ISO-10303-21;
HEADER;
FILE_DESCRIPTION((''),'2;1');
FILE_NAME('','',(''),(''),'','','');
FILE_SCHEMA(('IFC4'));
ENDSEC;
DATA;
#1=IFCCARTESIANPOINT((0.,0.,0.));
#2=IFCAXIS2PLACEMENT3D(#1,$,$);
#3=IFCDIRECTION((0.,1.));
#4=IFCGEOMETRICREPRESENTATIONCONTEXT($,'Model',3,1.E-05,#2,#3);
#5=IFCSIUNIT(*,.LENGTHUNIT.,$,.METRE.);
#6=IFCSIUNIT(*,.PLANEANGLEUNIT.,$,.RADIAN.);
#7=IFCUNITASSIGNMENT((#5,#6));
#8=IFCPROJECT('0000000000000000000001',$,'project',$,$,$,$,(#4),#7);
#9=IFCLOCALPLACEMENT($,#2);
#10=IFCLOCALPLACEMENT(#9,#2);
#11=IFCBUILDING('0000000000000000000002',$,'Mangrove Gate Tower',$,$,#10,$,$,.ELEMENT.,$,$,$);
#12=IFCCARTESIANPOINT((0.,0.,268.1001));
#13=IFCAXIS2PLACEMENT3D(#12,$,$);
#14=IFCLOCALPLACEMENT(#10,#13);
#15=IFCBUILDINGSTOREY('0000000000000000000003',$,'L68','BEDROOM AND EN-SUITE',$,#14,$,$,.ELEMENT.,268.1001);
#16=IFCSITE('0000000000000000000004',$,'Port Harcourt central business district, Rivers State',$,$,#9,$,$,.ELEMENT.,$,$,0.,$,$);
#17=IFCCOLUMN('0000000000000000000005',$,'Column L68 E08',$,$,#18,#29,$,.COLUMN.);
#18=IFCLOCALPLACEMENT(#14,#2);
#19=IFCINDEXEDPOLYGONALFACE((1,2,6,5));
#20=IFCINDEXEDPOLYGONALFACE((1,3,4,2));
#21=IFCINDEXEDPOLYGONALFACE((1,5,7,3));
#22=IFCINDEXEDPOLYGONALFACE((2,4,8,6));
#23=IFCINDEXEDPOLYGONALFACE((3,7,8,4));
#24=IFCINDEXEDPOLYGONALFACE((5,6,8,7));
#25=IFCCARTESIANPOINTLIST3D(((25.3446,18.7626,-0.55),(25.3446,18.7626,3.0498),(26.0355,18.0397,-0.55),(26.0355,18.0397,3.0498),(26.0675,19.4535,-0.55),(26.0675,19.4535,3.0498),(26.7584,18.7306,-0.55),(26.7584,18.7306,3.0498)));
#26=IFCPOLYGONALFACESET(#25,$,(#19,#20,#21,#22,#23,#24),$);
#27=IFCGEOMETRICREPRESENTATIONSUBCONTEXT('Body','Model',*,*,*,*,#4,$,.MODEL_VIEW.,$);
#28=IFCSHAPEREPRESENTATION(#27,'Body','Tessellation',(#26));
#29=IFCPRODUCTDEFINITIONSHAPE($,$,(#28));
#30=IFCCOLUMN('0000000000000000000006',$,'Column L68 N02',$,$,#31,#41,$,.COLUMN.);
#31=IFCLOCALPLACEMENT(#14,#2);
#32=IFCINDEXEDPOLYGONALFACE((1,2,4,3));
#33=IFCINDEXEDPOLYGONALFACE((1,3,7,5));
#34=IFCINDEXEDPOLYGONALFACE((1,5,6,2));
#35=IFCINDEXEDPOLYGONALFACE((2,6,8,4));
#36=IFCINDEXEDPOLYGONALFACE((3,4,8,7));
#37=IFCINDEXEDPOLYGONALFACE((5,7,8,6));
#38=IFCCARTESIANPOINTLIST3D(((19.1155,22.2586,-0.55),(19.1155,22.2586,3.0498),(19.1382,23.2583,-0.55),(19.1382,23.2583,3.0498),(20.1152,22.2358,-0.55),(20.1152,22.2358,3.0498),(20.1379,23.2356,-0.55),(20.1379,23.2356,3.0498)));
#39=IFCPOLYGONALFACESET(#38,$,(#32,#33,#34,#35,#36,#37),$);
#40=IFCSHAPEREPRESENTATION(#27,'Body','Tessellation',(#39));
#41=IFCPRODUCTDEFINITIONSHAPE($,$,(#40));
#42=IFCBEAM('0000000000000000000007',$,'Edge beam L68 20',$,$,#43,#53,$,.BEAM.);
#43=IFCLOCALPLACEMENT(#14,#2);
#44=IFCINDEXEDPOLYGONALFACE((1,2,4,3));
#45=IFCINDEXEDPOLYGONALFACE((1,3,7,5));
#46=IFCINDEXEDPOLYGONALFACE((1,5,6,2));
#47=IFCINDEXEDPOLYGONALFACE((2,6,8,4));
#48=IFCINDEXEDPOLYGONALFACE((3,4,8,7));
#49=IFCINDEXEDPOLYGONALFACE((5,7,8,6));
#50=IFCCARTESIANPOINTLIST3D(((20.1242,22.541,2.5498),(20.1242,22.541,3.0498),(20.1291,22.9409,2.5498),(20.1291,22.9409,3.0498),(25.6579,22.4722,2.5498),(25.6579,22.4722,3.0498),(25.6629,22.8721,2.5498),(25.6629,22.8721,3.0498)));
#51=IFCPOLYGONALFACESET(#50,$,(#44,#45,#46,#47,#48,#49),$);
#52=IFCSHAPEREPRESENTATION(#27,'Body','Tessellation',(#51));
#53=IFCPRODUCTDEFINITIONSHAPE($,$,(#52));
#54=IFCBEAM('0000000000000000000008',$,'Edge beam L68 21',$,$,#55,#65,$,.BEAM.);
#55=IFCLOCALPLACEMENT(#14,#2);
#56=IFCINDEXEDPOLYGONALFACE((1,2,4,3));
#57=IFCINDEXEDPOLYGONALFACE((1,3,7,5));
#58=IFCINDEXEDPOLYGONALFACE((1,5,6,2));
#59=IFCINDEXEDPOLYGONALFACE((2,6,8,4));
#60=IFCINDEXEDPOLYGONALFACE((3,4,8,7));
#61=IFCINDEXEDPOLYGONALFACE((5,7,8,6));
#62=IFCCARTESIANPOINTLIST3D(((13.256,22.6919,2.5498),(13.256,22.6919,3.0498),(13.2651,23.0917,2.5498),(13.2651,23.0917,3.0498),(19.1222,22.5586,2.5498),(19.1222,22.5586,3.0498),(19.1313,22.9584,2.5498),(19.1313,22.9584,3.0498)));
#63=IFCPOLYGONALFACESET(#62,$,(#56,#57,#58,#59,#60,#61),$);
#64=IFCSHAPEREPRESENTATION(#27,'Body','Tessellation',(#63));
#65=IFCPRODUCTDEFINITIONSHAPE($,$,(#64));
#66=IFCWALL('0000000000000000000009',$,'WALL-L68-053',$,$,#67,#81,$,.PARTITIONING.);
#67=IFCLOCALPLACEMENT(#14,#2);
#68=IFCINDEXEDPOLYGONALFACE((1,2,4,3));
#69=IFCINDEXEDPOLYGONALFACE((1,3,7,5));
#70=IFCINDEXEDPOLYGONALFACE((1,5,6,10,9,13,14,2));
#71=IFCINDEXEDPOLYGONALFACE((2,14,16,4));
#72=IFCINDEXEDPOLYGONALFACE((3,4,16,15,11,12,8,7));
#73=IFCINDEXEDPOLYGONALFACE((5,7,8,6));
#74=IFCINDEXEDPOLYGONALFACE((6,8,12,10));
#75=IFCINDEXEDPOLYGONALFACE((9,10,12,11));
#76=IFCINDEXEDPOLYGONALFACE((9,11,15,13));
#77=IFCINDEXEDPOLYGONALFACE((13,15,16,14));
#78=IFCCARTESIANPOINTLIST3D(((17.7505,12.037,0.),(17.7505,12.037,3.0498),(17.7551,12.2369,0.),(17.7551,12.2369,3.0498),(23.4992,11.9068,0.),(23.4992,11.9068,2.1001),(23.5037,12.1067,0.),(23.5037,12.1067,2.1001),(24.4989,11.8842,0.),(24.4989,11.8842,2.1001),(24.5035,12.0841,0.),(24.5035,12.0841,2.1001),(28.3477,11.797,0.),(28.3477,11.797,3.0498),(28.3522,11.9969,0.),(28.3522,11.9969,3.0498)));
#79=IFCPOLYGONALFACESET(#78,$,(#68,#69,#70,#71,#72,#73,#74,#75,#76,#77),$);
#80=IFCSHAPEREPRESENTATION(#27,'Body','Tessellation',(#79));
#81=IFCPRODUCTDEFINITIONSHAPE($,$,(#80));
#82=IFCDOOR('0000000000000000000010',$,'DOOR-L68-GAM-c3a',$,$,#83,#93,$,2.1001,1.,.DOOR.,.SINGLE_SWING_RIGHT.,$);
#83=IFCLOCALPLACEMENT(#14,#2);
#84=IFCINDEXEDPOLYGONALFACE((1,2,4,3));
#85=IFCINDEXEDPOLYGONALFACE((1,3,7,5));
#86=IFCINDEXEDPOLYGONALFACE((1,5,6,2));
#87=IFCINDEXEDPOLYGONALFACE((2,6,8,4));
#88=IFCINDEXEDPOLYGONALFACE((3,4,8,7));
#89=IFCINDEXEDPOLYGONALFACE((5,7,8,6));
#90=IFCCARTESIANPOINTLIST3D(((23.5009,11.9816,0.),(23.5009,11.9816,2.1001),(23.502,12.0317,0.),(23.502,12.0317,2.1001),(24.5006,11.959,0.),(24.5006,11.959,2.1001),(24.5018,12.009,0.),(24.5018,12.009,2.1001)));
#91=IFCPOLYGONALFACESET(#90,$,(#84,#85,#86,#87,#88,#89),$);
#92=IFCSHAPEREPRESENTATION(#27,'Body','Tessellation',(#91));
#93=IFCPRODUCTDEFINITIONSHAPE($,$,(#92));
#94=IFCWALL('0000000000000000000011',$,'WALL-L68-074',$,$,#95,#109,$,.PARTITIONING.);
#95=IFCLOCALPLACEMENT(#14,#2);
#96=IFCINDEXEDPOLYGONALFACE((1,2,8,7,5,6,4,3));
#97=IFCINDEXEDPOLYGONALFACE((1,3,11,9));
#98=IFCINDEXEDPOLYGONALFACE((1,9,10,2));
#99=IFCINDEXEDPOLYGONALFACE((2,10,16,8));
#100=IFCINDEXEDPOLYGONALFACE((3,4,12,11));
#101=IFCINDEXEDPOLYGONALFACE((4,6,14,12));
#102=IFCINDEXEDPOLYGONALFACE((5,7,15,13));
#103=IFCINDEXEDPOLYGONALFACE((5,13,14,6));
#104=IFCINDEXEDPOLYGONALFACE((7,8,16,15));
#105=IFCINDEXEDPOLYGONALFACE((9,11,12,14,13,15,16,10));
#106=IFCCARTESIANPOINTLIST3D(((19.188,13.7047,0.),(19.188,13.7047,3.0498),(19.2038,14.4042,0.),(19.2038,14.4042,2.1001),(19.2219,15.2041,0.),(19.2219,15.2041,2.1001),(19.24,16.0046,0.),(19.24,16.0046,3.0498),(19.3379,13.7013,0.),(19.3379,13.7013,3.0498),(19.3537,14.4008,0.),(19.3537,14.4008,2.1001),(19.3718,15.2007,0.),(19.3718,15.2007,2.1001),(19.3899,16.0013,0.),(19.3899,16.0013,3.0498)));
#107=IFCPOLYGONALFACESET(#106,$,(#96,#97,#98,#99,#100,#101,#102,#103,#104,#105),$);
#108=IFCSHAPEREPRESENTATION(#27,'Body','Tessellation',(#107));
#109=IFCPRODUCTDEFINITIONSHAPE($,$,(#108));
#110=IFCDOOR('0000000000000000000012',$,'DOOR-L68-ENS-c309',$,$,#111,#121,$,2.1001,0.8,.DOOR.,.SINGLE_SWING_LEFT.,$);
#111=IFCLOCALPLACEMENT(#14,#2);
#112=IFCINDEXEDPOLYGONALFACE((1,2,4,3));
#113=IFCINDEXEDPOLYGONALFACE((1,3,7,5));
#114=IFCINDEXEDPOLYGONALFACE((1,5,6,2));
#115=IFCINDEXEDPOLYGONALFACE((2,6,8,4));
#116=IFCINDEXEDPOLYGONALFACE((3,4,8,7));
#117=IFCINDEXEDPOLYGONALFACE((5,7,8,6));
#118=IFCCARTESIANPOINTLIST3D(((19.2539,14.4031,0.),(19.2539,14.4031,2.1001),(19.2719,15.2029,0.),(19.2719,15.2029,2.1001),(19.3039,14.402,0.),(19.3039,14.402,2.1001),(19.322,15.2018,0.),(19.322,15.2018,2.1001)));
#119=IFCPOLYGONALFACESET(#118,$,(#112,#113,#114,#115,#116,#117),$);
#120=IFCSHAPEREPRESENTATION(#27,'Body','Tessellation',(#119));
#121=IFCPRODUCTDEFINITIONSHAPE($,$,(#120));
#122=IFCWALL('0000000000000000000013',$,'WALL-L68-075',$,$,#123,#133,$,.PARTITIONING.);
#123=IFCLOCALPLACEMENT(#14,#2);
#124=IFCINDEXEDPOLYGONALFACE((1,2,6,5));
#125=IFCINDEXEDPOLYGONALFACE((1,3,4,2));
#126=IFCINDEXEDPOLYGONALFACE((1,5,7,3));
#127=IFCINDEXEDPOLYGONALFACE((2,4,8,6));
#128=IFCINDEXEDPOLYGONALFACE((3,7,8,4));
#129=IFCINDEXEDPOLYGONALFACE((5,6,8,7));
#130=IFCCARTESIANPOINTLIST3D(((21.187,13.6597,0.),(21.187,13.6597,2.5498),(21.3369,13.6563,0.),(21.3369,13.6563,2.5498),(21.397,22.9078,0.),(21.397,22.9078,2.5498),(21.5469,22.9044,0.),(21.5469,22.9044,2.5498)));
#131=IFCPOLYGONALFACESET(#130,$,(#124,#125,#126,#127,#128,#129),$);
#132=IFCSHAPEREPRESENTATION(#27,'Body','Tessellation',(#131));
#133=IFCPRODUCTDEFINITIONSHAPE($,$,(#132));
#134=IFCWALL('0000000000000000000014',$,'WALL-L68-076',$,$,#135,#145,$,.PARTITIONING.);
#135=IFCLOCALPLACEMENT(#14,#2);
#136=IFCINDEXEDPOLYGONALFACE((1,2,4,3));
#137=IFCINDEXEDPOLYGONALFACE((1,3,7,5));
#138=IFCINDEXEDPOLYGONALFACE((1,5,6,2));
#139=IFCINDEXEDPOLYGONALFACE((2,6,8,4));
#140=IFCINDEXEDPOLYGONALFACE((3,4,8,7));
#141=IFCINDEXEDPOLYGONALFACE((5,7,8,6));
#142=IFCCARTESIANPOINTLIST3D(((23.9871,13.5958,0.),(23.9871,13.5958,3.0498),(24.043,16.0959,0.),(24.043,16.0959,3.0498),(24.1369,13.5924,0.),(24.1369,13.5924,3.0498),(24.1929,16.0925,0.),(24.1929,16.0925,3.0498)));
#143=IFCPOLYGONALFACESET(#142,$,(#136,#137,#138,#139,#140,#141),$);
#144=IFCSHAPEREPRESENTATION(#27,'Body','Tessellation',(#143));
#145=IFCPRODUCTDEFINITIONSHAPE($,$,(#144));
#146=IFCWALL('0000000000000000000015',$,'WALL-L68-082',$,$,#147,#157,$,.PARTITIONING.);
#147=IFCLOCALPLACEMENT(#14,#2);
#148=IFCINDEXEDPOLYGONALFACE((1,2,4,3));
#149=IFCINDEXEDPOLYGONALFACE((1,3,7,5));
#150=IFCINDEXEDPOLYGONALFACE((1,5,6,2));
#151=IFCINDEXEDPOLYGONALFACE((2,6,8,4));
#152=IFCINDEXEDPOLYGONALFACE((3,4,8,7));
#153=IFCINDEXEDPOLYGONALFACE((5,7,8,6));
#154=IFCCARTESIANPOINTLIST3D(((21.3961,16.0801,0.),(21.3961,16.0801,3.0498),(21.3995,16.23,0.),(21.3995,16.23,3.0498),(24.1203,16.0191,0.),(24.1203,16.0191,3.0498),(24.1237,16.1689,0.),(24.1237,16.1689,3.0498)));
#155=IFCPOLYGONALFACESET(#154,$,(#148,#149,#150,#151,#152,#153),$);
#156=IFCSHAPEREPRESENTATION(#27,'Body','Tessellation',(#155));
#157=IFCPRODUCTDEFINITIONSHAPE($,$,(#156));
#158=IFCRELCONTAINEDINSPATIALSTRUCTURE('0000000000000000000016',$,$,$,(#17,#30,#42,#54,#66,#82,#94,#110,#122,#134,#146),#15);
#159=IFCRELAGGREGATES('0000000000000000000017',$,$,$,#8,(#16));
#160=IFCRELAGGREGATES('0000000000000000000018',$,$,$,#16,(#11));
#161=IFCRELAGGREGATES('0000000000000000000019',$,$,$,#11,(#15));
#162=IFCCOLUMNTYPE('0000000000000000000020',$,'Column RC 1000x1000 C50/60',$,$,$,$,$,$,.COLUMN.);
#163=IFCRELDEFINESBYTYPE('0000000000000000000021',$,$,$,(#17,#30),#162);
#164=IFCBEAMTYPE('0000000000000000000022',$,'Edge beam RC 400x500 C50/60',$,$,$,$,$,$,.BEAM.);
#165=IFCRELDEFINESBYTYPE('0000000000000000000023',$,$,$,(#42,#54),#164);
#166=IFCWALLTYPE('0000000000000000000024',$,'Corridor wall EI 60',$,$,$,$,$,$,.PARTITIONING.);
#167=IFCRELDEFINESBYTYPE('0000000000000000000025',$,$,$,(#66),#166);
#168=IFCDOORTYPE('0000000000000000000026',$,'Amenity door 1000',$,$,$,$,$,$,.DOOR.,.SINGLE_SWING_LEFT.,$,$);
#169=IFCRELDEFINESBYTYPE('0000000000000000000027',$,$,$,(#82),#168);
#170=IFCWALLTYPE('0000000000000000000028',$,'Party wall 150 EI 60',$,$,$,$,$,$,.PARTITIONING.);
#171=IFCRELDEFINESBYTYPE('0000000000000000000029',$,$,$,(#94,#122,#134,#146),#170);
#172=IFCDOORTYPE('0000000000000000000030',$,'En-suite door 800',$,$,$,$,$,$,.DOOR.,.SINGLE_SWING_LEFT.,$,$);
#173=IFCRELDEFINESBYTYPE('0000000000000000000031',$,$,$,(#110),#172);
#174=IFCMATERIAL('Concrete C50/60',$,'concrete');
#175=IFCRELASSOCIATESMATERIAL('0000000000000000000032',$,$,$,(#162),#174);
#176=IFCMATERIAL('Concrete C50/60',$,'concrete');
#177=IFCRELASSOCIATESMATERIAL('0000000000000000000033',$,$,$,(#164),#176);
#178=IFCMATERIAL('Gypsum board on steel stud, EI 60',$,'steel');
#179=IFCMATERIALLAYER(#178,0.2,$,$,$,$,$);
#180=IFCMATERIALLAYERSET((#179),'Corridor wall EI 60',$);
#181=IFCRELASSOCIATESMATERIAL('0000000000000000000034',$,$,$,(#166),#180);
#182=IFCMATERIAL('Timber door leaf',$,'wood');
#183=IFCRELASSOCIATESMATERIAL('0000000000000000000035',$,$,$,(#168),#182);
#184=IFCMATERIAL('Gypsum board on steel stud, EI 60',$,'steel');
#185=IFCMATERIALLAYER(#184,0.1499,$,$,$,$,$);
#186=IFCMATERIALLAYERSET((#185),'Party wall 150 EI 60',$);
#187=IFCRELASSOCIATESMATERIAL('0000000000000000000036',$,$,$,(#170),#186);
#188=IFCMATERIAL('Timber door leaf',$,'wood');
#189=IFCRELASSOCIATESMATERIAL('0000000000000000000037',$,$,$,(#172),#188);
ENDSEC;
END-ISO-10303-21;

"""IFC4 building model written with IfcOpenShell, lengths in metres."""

from ifc_helpers import new_model, si_unit, direction, frame, frame_2d, origin, origin_2d, place, context, subcontext, project, spatial, rectangle, extrude, material, layer, layer_set, material_profile, profile_set, type_object, element, fill, save


model = new_model("IFC4")

# Units and contexts
model_context = context("Model", 3, precision=1e-05, world=origin(), true_north=direction((0.0, 1.0)))
body_context = subcontext(model_context, "Body", "Model", "MODEL_VIEW")
ifc_project = project(units=[si_unit("LENGTHUNIT", "METRE"), si_unit("PLANEANGLEUNIT", "RADIAN")], contexts=[model_context])

# Site, building, storey
site_placement = place(None, origin())
site = spatial("IfcSite", under=ifc_project, at=site_placement, Name="Port Harcourt central business district, Rivers State", CompositionType="ELEMENT", RefElevation=0.0)
building_placement = place(site_placement, origin())
building = spatial("IfcBuilding", under=site, at=building_placement, Name="Mangrove Gate Tower", CompositionType="ELEMENT")
storey_placement = place(building_placement, frame((0.0, 0.0, 268.1001)))
storey = spatial("IfcBuildingStorey", under=building, at=storey_placement, Name="L68", Description="BEDROOM AND EN-SUITE", CompositionType="ELEMENT", Elevation=268.1001)

# Columns
ifc_material_1 = material(Name="Concrete C50/60", Category="concrete")
ifc_material_profile_1 = material_profile(ifc_material_1, rectangle(XDim=1.0, YDim=1.0, at=origin_2d()))
ifc_profile_set_1 = profile_set([ifc_material_profile_1], Name="Concrete C50/60")
column_type = type_object("IfcColumnType", Name="Column RC 1000x1000 C50/60", PredefinedType="COLUMN", material=ifc_profile_set_1)
for number, where, z_axis, x_axis, name in (
    (1, (26.0515, 18.7466, -0.55), (0.0, 0.0, 1.0), (-0.690926, 0.722926, 0.0), "Column L68 E08"),
    (2, (19.6267, 22.7471, -0.55), (0.0, 0.0, 1.0), (-0.999742, 0.022715, 0.0), "Column L68 N02"),
):
    element("IfcColumn", number, at=place(storey_placement, frame(where, z_axis=z_axis, x_axis=x_axis)), inside=storey, type_object=column_type, Name=name, PredefinedType="COLUMN", context=body_context, shape_type="SweptSolid", body=[
        extrude(rectangle(XDim=1.0, YDim=1.0, at=origin_2d()), origin(), (0.0, 0.0, 1.0), 3.5999),
    ])

# Beams
ifc_material_2 = material(Name="Concrete C50/60", Category="concrete")
ifc_material_profile_2 = material_profile(ifc_material_2, rectangle(XDim=0.3999, YDim=0.5, at=origin_2d()))
ifc_profile_set_2 = profile_set([ifc_material_profile_2], Name="Concrete C50/60")
beam_type = type_object("IfcBeamType", Name="Edge beam RC 400x500 C50/60", PredefinedType="BEAM", material=ifc_profile_set_2)
beam_1_placement = place(storey_placement, frame((25.6604, 22.6721, 2.7998), z_axis=(-0.999923, 0.012441, 0.0), x_axis=(-0.012441, -0.999923, 0.0)))
element("IfcBeam", 3, at=beam_1_placement, inside=storey, type_object=beam_type, Name="Edge beam L68 20", PredefinedType="BEAM", context=body_context, shape_type="SweptSolid", body=[
    extrude(rectangle(XDim=0.3999, YDim=0.5, at=origin_2d()), origin(), (0.0, 0.0, 1.0), 5.5342),
])
beam_2_placement = place(storey_placement, frame((19.1267, 22.7585, 2.7998), z_axis=(-0.999742, 0.022718, 0.0), x_axis=(-0.022718, -0.999742, 0.0)))
element("IfcBeam", 4, at=beam_2_placement, inside=storey, type_object=beam_type, Name="Edge beam L68 21", PredefinedType="BEAM", context=body_context, shape_type="SweptSolid", body=[
    extrude(rectangle(XDim=0.3999, YDim=0.5, at=origin_2d()), origin(), (0.0, 0.0, 1.0), 5.8677),
])

# Walls, openings, doors
ifc_material_3 = material(Name="Gypsum board on steel stud, EI 60", Category="steel")
ifc_layer_1 = layer(ifc_material_3, 0.2)
ifc_layer_set_1 = layer_set([ifc_layer_1], Name="Corridor wall EI 60")
wall_type_1 = type_object("IfcWallType", Name="Corridor wall EI 60", PredefinedType="PARTITIONING", material=ifc_layer_set_1)
wall_1_placement = place(storey_placement, frame((17.7529, 12.137, 0.0), z_axis=(0.0, 0.0, 1.0), x_axis=(0.999744, -0.022641, 0.0)))
wall_1 = element("IfcWall", 5, at=wall_1_placement, inside=storey, type_object=wall_type_1, Name="WALL-L68-053", PredefinedType="PARTITIONING", context=body_context, shape_type="SweptSolid", body=[
    extrude(rectangle(XDim=10.5999, YDim=0.2, at=frame_2d((5.2998, 0.0))), origin(), (0.0, 0.0, 1.0), 3.0498),
])
opening_1_placement = place(wall_1_placement, frame((5.75, 0.0, 0.0)))
opening_1 = element("IfcOpeningElement", 6, at=opening_1_placement, cuts=wall_1, PredefinedType="OPENING", context=body_context, shape_type="SweptSolid", body=[
    extrude(rectangle(XDim=1.0, YDim=2.1001, at=frame_2d((0.5, 1.05))), frame((0.0, 0.1099, 0.0), z_axis=(0.0, -1.0, 0.0), x_axis=(1.0, 0.0, 0.0)), (0.0, 0.0, 1.0), 0.22),
])
ifc_material_4 = material(Name="Timber door leaf", Category="wood")
door_type_1 = type_object("IfcDoorType", Name="Amenity door 1000", OperationType="SINGLE_SWING_LEFT", PredefinedType="DOOR", material=ifc_material_4)
door_1_placement = place(opening_1_placement, origin())
door_1 = element("IfcDoor", 7, at=door_1_placement, inside=storey, type_object=door_type_1, Name="DOOR-L68-GAM-c3a", OperationType="SINGLE_SWING_RIGHT", OverallHeight=2.1001, OverallWidth=1.0, PredefinedType="DOOR", context=body_context, shape_type="SweptSolid", body=[
    extrude(rectangle(XDim=1.0, YDim=2.1001, at=frame_2d((0.5, 1.05))), frame((0.0, 0.0249, 0.0), z_axis=(0.0, -1.0, 0.0), x_axis=(1.0, 0.0, 0.0)), (0.0, 0.0, 1.0), 0.05),
])
fill(opening_1, door_1)
ifc_material_5 = material(Name="Gypsum board on steel stud, EI 60", Category="steel")
ifc_layer_2 = layer(ifc_material_5, 0.1499)
ifc_layer_set_2 = layer_set([ifc_layer_2], Name="Party wall 150 EI 60")
wall_type_2 = type_object("IfcWallType", Name="Party wall 150 EI 60", PredefinedType="PARTITIONING", material=ifc_layer_set_2)
wall_2_placement = place(storey_placement, frame((19.2629, 13.7029, 0.0), z_axis=(0.0, 0.0, 1.0), x_axis=(0.022603, 0.999745, 0.0)))
wall_2 = element("IfcWall", 8, at=wall_2_placement, inside=storey, type_object=wall_type_2, Name="WALL-L68-074", PredefinedType="PARTITIONING", context=body_context, shape_type="SweptSolid", body=[
    extrude(rectangle(XDim=2.3005, YDim=0.1499, at=frame_2d((1.1504, 0.0))), origin(), (0.0, 0.0, 1.0), 3.0498),
])
opening_2_placement = place(wall_2_placement, frame((0.7, 0.0, 0.0)))
opening_2 = element("IfcOpeningElement", 9, at=opening_2_placement, cuts=wall_2, PredefinedType="OPENING", context=body_context, shape_type="SweptSolid", body=[
    extrude(rectangle(XDim=0.8, YDim=2.1001, at=frame_2d((0.3999, 1.05))), frame((0.0, 0.085, 0.0), z_axis=(0.0, -1.0, 0.0), x_axis=(1.0, 0.0, 0.0)), (0.0, 0.0, 1.0), 0.1699),
])
ifc_material_6 = material(Name="Timber door leaf", Category="wood")
door_type_2 = type_object("IfcDoorType", Name="En-suite door 800", OperationType="SINGLE_SWING_LEFT", PredefinedType="DOOR", material=ifc_material_6)
door_2_placement = place(opening_2_placement, origin())
door_2 = element("IfcDoor", 10, at=door_2_placement, inside=storey, type_object=door_type_2, Name="DOOR-L68-ENS-c309", OperationType="SINGLE_SWING_LEFT", OverallHeight=2.1001, OverallWidth=0.8, PredefinedType="DOOR", context=body_context, shape_type="SweptSolid", body=[
    extrude(rectangle(XDim=0.8, YDim=2.1001, at=frame_2d((0.3999, 1.05))), frame((0.0, 0.0249, 0.0), z_axis=(0.0, -1.0, 0.0), x_axis=(1.0, 0.0, 0.0)), (0.0, 0.0, 1.0), 0.05),
])
fill(opening_2, door_2)

# Walls
wall_3_placement = place(storey_placement, frame((21.262, 13.658, 0.0), z_axis=(0.0, 0.0, 1.0), x_axis=(0.022697, 0.999742, 0.0)))
element("IfcWall", 11, at=wall_3_placement, inside=storey, type_object=wall_type_2, Name="WALL-L68-075", PredefinedType="PARTITIONING", context=body_context, shape_type="SweptSolid", body=[
    extrude(rectangle(XDim=9.2505, YDim=0.1499, at=frame_2d((4.6252, 0.0))), origin(), (0.0, 0.0, 1.0), 2.5498),
])
wall_4_placement = place(storey_placement, frame((24.062, 13.594, 0.0), z_axis=(0.0, 0.0, 1.0), x_axis=(0.022358, 0.99975, 0.0)))
element("IfcWall", 12, at=wall_4_placement, inside=storey, type_object=wall_type_2, Name="WALL-L68-076", PredefinedType="PARTITIONING", context=body_context, shape_type="SweptSolid", body=[
    extrude(rectangle(XDim=2.5007, YDim=0.1499, at=frame_2d((1.2505, 0.0))), origin(), (0.0, 0.0, 1.0), 3.0498),
])
wall_5_placement = place(storey_placement, frame((21.3979, 16.155, 0.0), z_axis=(0.0, 0.0, 1.0), x_axis=(0.999749, -0.0224, 0.0)))
element("IfcWall", 13, at=wall_5_placement, inside=storey, type_object=wall_type_2, Name="WALL-L68-082", PredefinedType="PARTITIONING", context=body_context, shape_type="SweptSolid", body=[
    extrude(rectangle(XDim=2.7249, YDim=0.1499, at=frame_2d((1.3623, 0.0))), origin(), (0.0, 0.0, 1.0), 3.0498),
])

save(model, "model.ifc")
